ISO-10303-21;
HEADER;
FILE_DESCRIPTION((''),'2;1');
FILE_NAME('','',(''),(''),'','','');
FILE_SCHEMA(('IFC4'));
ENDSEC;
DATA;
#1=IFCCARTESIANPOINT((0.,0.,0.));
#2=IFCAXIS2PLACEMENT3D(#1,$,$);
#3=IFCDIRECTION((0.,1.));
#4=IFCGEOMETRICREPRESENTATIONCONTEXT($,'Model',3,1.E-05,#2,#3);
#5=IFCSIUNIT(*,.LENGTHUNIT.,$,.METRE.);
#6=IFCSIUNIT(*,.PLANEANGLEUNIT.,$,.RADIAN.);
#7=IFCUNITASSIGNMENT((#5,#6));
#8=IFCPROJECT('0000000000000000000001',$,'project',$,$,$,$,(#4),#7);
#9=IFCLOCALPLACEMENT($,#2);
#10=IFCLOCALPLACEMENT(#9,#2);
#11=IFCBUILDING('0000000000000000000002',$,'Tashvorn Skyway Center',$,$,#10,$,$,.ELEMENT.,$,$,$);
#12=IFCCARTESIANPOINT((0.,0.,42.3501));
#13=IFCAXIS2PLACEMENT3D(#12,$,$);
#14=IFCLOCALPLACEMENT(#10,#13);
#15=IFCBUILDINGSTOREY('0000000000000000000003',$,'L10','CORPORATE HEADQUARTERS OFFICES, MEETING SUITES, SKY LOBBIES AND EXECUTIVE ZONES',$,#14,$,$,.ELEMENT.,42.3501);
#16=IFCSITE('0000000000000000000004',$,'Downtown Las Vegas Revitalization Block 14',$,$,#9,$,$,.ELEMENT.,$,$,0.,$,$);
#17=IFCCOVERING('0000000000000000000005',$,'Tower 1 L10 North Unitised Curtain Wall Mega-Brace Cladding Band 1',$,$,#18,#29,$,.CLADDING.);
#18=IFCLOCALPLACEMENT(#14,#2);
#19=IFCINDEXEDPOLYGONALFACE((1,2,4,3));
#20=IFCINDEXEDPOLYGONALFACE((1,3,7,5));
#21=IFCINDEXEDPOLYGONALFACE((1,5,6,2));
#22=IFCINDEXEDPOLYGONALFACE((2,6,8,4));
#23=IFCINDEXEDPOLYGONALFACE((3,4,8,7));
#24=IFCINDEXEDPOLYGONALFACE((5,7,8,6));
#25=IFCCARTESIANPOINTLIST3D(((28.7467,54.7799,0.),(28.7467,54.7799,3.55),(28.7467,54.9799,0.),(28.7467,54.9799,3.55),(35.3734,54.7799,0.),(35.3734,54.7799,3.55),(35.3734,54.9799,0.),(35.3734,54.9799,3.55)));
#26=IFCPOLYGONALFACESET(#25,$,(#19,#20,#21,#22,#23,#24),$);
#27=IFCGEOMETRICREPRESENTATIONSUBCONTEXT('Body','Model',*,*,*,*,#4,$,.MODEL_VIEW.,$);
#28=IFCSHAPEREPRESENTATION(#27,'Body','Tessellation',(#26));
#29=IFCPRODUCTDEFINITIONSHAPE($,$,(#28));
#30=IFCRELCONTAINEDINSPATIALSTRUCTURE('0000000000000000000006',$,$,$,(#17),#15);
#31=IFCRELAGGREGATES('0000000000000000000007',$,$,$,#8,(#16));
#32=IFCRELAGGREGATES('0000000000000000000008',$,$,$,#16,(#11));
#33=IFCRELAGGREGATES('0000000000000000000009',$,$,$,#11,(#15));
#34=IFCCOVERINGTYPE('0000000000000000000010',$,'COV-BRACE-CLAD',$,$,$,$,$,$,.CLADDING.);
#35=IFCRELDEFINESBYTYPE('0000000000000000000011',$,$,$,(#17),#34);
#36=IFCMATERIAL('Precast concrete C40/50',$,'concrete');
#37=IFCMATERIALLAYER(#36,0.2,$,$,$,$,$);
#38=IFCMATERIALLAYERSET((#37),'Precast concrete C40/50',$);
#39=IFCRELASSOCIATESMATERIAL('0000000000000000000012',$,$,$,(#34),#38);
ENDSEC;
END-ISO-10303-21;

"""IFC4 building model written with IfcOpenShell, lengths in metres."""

from ifc_helpers import new_model, si_unit, direction, frame, origin, origin_2d, place, context, subcontext, project, spatial, rectangle, extrude, material, layer, layer_set, type_object, element, save


model = new_model("IFC4")

# Units and contexts
model_context = context("Model", 3, precision=1e-05, world=origin(), true_north=direction((0.0, 1.0)))
body_context = subcontext(model_context, "Body", "Model", "MODEL_VIEW")
ifc_project = project(units=[si_unit("LENGTHUNIT", "METRE"), si_unit("PLANEANGLEUNIT", "RADIAN")], contexts=[model_context])

# Site, building, storey
site_placement = place(None, origin())
site = spatial("IfcSite", under=ifc_project, at=site_placement, Name="Downtown Las Vegas Revitalization Block 14", CompositionType="ELEMENT", RefElevation=0.0)
building_placement = place(site_placement, origin())
building = spatial("IfcBuilding", under=site, at=building_placement, Name="Tashvorn Skyway Center", CompositionType="ELEMENT")
storey_placement = place(building_placement, frame((0.0, 0.0, 42.3501)))
storey = spatial("IfcBuildingStorey", under=building, at=storey_placement, Name="L10", Description="CORPORATE HEADQUARTERS OFFICES, MEETING SUITES, SKY LOBBIES AND EXECUTIVE ZONES", CompositionType="ELEMENT", Elevation=42.3501)

# Covering
ifc_material_1 = material(Name="Precast concrete C40/50", Category="concrete")
ifc_layer_1 = layer(ifc_material_1, 0.2)
ifc_layer_set_1 = layer_set([ifc_layer_1], Name="Precast concrete C40/50")
covering_type = type_object("IfcCoveringType", Name="COV-BRACE-CLAD", PredefinedType="CLADDING", material=ifc_layer_set_1)
covering_placement = place(storey_placement, frame((32.0601, 54.8799, 0.0), z_axis=(0.0, 0.0, 1.0), x_axis=(1.0, 0.0, 0.0)))
element("IfcCovering", 1, at=covering_placement, inside=storey, type_object=covering_type, Name="Tower 1 L10 North Unitised Curtain Wall Mega-Brace Cladding Band 1", PredefinedType="CLADDING", context=body_context, shape_type="SweptSolid", body=[
    extrude(rectangle(XDim=6.6267, YDim=0.2, at=origin_2d()), origin(), (0.0, 0.0, 1.0), 3.55),
])

save(model, "model.ifc")
